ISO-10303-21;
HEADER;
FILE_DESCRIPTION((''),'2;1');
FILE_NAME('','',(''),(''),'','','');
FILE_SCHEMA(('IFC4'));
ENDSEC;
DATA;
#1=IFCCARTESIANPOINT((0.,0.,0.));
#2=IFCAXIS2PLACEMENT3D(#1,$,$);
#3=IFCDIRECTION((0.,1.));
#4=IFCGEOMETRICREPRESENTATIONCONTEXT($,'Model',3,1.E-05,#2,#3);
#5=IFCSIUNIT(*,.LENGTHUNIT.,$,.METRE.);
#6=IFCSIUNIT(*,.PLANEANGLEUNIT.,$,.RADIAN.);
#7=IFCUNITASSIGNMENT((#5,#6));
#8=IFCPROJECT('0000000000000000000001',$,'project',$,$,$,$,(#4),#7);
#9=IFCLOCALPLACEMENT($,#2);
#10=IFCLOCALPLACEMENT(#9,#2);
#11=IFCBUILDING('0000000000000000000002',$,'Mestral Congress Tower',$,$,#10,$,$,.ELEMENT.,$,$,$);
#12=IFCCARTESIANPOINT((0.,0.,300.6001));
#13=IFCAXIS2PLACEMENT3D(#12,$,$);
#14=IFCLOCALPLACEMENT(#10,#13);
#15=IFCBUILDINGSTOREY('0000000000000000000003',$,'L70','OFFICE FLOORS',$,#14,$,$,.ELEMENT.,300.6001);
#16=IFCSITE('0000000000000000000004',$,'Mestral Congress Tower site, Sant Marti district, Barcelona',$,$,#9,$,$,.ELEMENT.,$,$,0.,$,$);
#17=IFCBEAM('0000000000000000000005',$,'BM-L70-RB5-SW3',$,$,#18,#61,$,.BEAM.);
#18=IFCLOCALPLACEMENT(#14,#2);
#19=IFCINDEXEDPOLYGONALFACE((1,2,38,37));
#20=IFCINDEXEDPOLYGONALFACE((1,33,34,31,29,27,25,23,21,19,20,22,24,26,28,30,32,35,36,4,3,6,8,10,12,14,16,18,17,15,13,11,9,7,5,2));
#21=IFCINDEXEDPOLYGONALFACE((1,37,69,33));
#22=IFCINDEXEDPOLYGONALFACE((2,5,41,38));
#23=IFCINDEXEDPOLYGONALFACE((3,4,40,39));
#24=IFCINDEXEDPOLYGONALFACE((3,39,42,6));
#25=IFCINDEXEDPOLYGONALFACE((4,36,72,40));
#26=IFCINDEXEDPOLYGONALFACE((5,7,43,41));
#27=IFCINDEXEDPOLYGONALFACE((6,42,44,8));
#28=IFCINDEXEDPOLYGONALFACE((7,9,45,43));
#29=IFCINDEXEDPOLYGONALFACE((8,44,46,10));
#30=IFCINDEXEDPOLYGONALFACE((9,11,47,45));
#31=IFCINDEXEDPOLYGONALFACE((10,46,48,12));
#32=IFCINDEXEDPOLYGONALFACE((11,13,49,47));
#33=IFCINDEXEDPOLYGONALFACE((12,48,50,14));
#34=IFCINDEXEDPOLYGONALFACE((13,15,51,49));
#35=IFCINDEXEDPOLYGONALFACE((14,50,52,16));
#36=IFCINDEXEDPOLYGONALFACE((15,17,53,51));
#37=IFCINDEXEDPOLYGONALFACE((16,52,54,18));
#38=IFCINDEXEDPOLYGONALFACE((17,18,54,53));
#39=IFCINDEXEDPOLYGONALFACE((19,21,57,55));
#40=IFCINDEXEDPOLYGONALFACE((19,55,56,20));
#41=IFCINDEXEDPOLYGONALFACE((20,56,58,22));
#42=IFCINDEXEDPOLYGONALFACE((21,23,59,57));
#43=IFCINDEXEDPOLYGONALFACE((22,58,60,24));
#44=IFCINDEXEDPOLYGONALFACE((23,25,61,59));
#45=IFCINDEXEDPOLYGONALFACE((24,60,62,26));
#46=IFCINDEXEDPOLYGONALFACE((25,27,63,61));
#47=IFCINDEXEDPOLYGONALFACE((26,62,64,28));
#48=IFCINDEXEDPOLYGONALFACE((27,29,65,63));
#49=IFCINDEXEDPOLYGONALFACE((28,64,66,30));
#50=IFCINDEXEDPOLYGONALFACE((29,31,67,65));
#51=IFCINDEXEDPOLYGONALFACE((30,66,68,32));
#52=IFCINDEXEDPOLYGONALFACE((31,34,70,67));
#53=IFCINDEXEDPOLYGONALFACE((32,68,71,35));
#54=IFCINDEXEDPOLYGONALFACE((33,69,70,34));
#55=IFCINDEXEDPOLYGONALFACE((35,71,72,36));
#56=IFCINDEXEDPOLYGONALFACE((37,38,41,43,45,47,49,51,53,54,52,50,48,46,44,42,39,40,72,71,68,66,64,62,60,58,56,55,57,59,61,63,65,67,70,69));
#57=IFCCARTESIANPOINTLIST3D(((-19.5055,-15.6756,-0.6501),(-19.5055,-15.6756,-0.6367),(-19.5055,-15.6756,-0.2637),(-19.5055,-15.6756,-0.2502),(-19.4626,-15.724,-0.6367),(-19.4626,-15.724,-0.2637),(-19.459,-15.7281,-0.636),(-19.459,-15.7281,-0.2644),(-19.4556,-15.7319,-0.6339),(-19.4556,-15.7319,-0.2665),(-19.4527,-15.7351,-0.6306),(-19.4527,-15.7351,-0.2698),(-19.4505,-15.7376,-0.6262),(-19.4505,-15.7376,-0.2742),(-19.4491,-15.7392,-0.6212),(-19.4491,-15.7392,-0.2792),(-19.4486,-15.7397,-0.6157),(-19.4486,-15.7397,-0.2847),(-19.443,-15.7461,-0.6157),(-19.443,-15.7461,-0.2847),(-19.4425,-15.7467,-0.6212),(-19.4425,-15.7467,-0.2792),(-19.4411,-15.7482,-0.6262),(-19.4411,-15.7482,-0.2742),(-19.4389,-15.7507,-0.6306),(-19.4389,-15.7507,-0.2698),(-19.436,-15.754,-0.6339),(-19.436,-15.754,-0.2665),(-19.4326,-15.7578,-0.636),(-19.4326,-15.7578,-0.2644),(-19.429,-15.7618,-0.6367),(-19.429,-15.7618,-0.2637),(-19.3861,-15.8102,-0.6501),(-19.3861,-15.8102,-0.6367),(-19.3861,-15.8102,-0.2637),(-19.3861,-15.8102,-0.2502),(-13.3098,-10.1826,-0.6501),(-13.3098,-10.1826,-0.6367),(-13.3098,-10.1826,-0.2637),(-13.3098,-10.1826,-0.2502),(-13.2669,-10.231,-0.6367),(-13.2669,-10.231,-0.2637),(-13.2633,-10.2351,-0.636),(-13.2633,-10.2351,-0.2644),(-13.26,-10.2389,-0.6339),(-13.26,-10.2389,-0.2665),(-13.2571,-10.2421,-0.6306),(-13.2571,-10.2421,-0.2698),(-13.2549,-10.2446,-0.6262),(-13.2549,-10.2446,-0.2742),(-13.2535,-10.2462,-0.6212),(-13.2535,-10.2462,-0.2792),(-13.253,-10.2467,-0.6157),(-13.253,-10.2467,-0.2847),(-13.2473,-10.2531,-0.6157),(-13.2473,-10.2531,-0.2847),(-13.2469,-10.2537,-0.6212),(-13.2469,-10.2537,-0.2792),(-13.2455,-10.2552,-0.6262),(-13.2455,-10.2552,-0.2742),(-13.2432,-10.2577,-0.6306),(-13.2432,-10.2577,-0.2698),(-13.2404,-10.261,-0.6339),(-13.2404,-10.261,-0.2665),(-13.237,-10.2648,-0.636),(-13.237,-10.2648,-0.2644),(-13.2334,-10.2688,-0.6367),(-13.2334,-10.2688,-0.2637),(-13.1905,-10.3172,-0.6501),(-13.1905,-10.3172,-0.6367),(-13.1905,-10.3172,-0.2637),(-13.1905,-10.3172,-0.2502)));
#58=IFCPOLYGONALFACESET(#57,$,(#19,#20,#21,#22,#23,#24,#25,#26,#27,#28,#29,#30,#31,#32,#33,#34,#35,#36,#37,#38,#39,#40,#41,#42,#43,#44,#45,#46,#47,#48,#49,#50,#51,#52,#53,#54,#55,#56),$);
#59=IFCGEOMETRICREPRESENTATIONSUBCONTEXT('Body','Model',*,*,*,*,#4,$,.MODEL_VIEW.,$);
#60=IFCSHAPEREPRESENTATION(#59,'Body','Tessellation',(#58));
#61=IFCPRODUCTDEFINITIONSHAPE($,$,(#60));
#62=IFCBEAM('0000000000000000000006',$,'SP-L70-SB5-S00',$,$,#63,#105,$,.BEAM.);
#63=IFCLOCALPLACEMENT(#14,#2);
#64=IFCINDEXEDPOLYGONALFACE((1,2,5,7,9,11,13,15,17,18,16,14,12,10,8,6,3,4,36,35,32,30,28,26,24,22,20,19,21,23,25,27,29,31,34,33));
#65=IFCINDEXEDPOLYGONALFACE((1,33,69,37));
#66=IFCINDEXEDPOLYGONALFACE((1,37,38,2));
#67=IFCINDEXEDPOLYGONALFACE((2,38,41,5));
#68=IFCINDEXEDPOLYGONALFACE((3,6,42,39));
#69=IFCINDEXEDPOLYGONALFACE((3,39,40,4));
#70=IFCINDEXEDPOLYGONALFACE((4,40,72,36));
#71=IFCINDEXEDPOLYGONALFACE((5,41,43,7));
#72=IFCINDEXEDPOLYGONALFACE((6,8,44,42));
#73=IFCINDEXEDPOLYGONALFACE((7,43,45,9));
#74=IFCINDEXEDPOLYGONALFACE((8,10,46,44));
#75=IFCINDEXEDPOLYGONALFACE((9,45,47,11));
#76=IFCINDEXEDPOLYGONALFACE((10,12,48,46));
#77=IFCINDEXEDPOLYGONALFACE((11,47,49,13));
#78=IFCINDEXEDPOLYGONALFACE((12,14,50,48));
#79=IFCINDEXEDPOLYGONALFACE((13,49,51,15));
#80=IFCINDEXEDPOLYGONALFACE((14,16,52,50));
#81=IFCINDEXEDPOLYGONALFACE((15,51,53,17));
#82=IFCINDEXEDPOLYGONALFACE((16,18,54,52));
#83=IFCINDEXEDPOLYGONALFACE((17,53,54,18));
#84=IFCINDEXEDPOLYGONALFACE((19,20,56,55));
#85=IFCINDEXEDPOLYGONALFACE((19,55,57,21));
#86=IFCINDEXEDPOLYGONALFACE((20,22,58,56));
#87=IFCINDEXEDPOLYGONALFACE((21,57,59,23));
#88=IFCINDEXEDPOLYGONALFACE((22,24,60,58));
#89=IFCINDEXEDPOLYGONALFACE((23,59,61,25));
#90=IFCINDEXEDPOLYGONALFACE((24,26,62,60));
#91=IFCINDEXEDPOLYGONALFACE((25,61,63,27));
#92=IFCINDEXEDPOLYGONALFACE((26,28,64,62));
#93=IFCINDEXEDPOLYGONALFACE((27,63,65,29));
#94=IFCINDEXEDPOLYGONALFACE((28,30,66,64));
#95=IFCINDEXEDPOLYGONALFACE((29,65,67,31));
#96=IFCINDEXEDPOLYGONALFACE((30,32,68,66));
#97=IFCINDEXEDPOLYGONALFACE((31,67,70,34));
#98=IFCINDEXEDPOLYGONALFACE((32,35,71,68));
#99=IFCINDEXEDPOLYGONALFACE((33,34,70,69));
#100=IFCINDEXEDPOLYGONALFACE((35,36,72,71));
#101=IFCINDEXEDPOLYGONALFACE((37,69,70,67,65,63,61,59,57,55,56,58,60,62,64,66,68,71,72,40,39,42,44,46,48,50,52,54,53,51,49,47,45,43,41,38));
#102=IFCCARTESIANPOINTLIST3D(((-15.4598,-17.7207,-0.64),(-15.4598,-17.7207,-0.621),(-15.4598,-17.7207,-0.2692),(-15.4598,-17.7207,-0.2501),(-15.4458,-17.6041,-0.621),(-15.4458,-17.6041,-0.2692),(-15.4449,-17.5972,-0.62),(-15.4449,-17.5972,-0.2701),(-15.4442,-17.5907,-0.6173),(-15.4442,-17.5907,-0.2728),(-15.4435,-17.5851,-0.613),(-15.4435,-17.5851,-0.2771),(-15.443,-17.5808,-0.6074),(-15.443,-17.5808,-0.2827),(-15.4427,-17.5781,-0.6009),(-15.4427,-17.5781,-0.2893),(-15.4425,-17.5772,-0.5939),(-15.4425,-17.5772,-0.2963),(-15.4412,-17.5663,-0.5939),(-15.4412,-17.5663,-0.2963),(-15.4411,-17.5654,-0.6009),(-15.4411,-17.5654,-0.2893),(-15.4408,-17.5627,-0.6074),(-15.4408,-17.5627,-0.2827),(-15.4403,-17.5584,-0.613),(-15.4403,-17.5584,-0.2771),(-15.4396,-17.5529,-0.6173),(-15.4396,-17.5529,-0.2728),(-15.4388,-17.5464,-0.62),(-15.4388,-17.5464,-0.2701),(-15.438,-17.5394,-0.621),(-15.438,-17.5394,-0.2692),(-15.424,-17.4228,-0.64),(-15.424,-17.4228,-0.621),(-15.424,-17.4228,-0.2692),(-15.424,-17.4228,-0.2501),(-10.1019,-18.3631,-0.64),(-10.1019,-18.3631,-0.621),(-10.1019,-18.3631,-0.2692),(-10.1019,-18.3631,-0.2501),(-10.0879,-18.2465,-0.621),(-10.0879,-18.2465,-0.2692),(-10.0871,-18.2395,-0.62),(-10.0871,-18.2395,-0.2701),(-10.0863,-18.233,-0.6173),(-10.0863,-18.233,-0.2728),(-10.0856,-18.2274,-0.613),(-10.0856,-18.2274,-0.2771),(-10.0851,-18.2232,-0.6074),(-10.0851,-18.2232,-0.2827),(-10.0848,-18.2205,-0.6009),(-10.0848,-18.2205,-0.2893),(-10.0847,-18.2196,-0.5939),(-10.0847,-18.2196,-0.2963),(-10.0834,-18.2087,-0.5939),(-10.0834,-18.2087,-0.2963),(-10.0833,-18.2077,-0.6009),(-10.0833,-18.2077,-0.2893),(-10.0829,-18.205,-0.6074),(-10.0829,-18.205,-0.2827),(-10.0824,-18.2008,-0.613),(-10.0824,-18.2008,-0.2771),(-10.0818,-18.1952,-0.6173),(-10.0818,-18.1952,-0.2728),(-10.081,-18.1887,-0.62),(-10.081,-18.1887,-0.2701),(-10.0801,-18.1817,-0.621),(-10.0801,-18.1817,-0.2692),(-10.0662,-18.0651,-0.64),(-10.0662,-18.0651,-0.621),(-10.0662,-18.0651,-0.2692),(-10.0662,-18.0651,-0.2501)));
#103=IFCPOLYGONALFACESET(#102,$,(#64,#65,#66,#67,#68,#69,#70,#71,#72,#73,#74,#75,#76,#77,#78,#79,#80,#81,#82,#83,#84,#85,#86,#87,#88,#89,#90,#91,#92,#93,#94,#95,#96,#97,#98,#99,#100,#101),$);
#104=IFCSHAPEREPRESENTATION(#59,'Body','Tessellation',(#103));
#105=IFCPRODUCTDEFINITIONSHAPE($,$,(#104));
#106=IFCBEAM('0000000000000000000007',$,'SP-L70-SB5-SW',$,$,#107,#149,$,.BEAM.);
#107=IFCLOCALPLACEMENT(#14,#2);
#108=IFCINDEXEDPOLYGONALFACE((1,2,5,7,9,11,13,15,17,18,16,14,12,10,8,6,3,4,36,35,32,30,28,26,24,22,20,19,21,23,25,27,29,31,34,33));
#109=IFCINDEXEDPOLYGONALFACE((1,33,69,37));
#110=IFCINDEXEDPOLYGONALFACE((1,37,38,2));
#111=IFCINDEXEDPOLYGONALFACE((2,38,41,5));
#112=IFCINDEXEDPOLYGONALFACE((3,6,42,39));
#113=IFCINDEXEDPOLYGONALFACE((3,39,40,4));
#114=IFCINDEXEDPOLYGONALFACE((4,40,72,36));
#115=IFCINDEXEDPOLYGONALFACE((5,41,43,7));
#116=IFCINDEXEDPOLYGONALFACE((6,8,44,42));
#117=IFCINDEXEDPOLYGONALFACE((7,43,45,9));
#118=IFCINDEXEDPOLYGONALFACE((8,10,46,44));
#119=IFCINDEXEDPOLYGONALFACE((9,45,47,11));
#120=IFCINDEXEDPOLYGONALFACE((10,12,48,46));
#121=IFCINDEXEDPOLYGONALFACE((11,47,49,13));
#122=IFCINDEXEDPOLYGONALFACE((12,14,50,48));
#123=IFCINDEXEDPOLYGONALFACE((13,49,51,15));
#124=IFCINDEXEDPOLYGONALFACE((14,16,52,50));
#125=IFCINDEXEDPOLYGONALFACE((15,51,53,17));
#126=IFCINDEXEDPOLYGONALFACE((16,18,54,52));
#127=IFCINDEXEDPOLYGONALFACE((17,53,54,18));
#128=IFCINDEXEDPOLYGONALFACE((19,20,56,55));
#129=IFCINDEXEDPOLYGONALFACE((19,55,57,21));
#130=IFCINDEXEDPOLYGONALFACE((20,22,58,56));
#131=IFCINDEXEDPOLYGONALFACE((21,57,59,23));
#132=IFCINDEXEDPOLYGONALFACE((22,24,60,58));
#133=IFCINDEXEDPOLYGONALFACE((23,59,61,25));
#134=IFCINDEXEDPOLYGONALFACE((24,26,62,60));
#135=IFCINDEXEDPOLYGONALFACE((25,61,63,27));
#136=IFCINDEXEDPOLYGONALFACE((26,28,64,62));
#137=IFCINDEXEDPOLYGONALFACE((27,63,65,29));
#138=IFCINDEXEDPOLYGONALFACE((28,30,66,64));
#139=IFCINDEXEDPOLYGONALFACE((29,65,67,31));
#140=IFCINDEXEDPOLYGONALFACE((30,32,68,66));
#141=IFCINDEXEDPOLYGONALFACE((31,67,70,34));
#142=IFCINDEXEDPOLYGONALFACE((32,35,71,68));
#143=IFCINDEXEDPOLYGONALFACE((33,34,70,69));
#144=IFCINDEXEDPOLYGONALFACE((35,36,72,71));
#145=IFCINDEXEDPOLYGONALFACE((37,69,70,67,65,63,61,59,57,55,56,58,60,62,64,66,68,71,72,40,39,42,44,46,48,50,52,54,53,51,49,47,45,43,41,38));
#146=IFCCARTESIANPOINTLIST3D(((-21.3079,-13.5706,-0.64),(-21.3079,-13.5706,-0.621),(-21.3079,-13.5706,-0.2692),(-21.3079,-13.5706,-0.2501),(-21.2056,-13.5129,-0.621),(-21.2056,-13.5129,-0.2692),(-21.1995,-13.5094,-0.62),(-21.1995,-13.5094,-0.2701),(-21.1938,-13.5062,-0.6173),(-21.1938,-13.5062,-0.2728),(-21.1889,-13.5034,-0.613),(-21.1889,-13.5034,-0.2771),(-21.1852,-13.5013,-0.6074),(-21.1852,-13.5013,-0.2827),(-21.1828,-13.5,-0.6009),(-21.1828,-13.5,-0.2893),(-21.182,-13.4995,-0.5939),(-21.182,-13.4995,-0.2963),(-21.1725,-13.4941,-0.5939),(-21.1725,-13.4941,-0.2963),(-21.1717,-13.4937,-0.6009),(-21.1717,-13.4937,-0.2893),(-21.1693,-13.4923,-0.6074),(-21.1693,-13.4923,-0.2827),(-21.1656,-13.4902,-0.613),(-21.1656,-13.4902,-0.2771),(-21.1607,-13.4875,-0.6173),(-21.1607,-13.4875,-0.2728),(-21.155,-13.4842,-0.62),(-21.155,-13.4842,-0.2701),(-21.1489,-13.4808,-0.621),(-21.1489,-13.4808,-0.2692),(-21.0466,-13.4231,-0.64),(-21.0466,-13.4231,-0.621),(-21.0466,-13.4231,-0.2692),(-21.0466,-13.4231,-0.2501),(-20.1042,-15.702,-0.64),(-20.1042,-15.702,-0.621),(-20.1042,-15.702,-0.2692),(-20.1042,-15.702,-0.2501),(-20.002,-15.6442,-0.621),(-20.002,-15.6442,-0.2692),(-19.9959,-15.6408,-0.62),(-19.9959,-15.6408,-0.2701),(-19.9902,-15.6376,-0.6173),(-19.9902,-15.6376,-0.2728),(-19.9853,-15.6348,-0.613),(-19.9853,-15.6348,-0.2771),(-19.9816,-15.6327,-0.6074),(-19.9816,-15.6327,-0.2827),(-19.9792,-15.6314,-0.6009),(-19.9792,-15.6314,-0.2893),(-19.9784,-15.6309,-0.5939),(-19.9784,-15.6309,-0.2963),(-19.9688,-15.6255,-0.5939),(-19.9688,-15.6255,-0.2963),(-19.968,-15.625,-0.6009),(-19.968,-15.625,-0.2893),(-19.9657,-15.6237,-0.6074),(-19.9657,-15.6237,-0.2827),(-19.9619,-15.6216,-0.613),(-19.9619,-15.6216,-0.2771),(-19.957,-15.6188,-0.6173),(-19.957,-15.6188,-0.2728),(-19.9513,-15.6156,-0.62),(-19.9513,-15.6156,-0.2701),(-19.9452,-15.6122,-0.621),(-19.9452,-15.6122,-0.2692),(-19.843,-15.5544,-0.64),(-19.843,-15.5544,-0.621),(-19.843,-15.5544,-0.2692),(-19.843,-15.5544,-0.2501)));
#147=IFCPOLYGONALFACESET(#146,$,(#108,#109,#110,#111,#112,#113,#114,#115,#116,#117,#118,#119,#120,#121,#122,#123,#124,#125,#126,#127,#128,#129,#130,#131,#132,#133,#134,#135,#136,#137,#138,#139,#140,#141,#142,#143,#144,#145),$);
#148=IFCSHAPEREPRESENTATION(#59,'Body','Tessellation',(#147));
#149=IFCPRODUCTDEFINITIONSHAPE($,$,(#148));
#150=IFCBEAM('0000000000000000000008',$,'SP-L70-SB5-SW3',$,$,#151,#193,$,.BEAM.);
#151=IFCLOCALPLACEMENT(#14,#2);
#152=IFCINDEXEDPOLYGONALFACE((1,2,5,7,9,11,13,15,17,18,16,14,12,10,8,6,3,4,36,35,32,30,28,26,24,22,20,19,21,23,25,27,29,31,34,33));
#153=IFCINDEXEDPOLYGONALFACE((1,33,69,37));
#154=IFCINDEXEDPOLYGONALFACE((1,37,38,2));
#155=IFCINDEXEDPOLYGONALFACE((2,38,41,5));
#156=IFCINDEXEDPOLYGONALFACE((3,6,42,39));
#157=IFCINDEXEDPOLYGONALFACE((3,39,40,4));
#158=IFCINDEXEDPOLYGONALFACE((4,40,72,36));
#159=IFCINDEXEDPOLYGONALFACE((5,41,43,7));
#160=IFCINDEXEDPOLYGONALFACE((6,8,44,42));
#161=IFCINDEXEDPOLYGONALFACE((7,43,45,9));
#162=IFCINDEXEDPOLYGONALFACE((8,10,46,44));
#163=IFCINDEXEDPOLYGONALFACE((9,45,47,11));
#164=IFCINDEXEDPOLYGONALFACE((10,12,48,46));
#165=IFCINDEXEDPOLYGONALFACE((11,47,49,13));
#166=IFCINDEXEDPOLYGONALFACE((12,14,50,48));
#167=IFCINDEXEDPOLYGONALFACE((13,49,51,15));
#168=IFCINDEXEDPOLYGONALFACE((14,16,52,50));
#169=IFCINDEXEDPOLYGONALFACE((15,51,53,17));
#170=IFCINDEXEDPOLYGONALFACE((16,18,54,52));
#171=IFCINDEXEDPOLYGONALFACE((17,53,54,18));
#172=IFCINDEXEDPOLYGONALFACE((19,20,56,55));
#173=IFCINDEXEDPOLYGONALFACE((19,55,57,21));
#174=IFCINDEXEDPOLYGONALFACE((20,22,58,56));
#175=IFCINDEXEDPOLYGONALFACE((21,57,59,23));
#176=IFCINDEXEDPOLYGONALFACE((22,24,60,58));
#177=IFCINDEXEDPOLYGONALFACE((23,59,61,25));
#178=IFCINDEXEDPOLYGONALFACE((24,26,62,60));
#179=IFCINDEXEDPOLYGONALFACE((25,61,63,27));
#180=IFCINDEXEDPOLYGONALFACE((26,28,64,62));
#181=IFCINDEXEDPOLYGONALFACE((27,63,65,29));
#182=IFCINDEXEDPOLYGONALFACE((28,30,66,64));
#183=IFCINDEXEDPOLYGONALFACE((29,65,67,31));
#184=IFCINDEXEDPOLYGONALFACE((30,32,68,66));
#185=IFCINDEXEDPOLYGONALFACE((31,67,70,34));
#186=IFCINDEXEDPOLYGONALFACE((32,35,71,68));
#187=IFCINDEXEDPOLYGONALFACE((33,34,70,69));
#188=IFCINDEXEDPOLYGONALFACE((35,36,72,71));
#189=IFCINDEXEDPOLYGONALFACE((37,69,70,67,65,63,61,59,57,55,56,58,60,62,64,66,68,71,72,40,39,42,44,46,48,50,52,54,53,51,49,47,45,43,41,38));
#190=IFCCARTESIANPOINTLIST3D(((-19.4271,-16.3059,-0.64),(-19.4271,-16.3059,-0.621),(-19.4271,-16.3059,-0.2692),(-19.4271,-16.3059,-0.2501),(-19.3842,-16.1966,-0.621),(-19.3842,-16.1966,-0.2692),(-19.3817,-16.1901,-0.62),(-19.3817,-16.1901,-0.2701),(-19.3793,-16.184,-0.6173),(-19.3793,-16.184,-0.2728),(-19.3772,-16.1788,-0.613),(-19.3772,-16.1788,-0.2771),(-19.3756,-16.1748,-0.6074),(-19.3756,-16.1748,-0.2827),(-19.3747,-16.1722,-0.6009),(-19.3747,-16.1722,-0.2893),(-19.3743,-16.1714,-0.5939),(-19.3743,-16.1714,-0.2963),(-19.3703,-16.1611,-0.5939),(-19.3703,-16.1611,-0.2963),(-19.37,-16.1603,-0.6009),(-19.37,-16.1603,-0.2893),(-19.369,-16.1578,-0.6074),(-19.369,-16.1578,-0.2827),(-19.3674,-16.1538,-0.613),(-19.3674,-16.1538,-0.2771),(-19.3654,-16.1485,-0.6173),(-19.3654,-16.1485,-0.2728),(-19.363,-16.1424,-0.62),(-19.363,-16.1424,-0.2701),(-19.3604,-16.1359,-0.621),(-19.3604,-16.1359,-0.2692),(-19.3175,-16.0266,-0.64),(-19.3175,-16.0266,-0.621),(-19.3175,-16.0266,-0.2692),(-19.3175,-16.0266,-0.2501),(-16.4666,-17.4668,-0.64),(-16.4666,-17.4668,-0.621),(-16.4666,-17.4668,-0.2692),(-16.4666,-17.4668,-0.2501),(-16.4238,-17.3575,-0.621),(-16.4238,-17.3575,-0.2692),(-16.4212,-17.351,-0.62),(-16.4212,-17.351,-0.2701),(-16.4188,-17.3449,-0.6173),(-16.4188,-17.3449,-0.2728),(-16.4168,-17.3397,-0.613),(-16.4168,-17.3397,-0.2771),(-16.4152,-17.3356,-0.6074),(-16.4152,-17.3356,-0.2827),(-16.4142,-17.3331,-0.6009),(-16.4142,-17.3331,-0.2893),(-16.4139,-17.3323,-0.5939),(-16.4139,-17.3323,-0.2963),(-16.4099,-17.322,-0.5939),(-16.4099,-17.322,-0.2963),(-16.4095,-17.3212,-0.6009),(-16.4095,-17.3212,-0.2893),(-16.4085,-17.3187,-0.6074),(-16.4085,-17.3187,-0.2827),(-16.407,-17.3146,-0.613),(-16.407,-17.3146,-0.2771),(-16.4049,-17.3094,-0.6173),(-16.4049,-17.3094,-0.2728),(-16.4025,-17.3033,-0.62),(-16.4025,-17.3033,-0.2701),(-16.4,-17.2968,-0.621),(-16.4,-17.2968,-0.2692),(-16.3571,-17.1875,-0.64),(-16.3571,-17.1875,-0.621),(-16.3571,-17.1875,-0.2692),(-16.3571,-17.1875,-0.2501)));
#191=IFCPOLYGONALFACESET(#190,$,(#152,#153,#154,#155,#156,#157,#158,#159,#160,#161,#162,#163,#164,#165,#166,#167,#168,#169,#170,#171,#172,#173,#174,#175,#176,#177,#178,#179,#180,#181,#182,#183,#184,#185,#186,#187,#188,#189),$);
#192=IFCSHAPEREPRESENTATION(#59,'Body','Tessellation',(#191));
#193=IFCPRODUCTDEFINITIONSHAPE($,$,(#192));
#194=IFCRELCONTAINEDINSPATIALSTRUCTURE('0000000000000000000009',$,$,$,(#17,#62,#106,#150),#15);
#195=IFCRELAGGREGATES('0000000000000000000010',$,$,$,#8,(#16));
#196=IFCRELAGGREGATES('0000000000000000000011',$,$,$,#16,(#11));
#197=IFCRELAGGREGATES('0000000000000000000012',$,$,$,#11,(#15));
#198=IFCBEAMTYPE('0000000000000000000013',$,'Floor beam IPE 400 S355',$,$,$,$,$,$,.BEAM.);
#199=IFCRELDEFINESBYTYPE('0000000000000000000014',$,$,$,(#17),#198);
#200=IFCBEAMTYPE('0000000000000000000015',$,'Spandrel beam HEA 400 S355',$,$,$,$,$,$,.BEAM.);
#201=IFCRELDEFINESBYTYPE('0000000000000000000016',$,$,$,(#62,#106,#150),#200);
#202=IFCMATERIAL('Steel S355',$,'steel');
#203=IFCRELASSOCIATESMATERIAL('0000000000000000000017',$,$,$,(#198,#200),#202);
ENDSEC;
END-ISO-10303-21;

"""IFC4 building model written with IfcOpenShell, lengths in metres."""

from ifc_helpers import new_model, si_unit, direction, frame, origin, origin_2d, place, context, subcontext, project, spatial, i_section, extrude, material, material_profile, profile_set, type_object, element, save


model = new_model("IFC4")

# Units and contexts
model_context = context("Model", 3, precision=1e-05, world=origin(), true_north=direction((0.0, 1.0)))
body_context = subcontext(model_context, "Body", "Model", "MODEL_VIEW")
ifc_project = project(units=[si_unit("LENGTHUNIT", "METRE"), si_unit("PLANEANGLEUNIT", "RADIAN")], contexts=[model_context])

# Site, building, storey
site_placement = place(None, origin())
site = spatial("IfcSite", under=ifc_project, at=site_placement, Name="Mestral Congress Tower site, Sant Marti district, Barcelona", CompositionType="ELEMENT", RefElevation=0.0)
building_placement = place(site_placement, origin())
building = spatial("IfcBuilding", under=site, at=building_placement, Name="Mestral Congress Tower", CompositionType="ELEMENT")
storey_placement = place(building_placement, frame((0.0, 0.0, 300.6001)))
storey = spatial("IfcBuildingStorey", under=building, at=storey_placement, Name="L70", Description="OFFICE FLOORS", CompositionType="ELEMENT", Elevation=300.6001)

# Beams
ifc_material_1 = material(Name="Steel S355", Category="steel")
ifc_material_profile_1 = material_profile(ifc_material_1, i_section(OverallWidth=0.1799, OverallDepth=0.3999, WebThickness=0.0085, FlangeThickness=0.0134, FilletRadius=0.021, at=origin_2d()), Name="IPE 400")
ifc_profile_set_1 = profile_set([ifc_material_profile_1], Name="Steel S355")
beam_type_1 = type_object("IfcBeamType", Name="Floor beam IPE 400 S355", PredefinedType="BEAM", material=ifc_profile_set_1)
beam_1_placement = place(storey_placement, frame((-19.4458, -15.7429, -0.4502), z_axis=(0.748263, 0.663402, 0.0), x_axis=(-0.663402, 0.748263, 0.0)))
element("IfcBeam", 1, at=beam_1_placement, inside=storey, type_object=beam_type_1, Name="BM-L70-RB5-SW3", PredefinedType="BEAM", context=body_context, shape_type="SweptSolid", body=[
    extrude(i_section(OverallWidth=0.1799, OverallDepth=0.3999, WebThickness=0.0085, FlangeThickness=0.0134, FilletRadius=0.021, at=origin_2d()), origin(), (0.0, 0.0, 1.0), 8.28),
])
ifc_material_profile_2 = material_profile(ifc_material_1, i_section(OverallWidth=0.3, OverallDepth=0.3899, WebThickness=0.011, FlangeThickness=0.019, FilletRadius=0.0271, at=origin_2d()), Name="HEA 400")
ifc_profile_set_2 = profile_set([ifc_material_profile_2], Name="Steel S355")
beam_type_2 = type_object("IfcBeamType", Name="Spandrel beam HEA 400 S355", PredefinedType="BEAM", material=ifc_profile_set_2)
beam_2_placement = place(storey_placement, frame((-15.4419, -17.5718, -0.4451), z_axis=(0.99289, -0.119033, 0.0), x_axis=(0.119033, 0.99289, 0.0)))
element("IfcBeam", 2, at=beam_2_placement, inside=storey, type_object=beam_type_2, Name="SP-L70-SB5-S00", PredefinedType="BEAM", context=body_context, shape_type="SweptSolid", body=[
    extrude(i_section(OverallWidth=0.3, OverallDepth=0.3899, WebThickness=0.011, FlangeThickness=0.019, FilletRadius=0.0271, at=origin_2d()), origin(), (0.0, 0.0, 1.0), 5.3962),
])
beam_3_placement = place(storey_placement, frame((-21.1772, -13.4968, -0.4451), z_axis=(0.491729, -0.870749, 0.0), x_axis=(0.870749, 0.491729, 0.0)))
element("IfcBeam", 3, at=beam_3_placement, inside=storey, type_object=beam_type_2, Name="SP-L70-SB5-SW", PredefinedType="BEAM", context=body_context, shape_type="SweptSolid", body=[
    extrude(i_section(OverallWidth=0.3, OverallDepth=0.3899, WebThickness=0.011, FlangeThickness=0.019, FilletRadius=0.0271, at=origin_2d()), origin(), (0.0, 0.0, 1.0), 2.4478),
])
beam_4_placement = place(storey_placement, frame((-19.3723, -16.1663, -0.4451), z_axis=(0.930981, -0.365068, 0.0), x_axis=(0.365068, 0.930981, 0.0)))
element("IfcBeam", 4, at=beam_4_placement, inside=storey, type_object=beam_type_2, Name="SP-L70-SB5-SW3", PredefinedType="BEAM", context=body_context, shape_type="SweptSolid", body=[
    extrude(i_section(OverallWidth=0.3, OverallDepth=0.3899, WebThickness=0.011, FlangeThickness=0.019, FilletRadius=0.0271, at=origin_2d()), origin(), (0.0, 0.0, 1.0), 3.1799),
])

save(model, "model.ifc")
